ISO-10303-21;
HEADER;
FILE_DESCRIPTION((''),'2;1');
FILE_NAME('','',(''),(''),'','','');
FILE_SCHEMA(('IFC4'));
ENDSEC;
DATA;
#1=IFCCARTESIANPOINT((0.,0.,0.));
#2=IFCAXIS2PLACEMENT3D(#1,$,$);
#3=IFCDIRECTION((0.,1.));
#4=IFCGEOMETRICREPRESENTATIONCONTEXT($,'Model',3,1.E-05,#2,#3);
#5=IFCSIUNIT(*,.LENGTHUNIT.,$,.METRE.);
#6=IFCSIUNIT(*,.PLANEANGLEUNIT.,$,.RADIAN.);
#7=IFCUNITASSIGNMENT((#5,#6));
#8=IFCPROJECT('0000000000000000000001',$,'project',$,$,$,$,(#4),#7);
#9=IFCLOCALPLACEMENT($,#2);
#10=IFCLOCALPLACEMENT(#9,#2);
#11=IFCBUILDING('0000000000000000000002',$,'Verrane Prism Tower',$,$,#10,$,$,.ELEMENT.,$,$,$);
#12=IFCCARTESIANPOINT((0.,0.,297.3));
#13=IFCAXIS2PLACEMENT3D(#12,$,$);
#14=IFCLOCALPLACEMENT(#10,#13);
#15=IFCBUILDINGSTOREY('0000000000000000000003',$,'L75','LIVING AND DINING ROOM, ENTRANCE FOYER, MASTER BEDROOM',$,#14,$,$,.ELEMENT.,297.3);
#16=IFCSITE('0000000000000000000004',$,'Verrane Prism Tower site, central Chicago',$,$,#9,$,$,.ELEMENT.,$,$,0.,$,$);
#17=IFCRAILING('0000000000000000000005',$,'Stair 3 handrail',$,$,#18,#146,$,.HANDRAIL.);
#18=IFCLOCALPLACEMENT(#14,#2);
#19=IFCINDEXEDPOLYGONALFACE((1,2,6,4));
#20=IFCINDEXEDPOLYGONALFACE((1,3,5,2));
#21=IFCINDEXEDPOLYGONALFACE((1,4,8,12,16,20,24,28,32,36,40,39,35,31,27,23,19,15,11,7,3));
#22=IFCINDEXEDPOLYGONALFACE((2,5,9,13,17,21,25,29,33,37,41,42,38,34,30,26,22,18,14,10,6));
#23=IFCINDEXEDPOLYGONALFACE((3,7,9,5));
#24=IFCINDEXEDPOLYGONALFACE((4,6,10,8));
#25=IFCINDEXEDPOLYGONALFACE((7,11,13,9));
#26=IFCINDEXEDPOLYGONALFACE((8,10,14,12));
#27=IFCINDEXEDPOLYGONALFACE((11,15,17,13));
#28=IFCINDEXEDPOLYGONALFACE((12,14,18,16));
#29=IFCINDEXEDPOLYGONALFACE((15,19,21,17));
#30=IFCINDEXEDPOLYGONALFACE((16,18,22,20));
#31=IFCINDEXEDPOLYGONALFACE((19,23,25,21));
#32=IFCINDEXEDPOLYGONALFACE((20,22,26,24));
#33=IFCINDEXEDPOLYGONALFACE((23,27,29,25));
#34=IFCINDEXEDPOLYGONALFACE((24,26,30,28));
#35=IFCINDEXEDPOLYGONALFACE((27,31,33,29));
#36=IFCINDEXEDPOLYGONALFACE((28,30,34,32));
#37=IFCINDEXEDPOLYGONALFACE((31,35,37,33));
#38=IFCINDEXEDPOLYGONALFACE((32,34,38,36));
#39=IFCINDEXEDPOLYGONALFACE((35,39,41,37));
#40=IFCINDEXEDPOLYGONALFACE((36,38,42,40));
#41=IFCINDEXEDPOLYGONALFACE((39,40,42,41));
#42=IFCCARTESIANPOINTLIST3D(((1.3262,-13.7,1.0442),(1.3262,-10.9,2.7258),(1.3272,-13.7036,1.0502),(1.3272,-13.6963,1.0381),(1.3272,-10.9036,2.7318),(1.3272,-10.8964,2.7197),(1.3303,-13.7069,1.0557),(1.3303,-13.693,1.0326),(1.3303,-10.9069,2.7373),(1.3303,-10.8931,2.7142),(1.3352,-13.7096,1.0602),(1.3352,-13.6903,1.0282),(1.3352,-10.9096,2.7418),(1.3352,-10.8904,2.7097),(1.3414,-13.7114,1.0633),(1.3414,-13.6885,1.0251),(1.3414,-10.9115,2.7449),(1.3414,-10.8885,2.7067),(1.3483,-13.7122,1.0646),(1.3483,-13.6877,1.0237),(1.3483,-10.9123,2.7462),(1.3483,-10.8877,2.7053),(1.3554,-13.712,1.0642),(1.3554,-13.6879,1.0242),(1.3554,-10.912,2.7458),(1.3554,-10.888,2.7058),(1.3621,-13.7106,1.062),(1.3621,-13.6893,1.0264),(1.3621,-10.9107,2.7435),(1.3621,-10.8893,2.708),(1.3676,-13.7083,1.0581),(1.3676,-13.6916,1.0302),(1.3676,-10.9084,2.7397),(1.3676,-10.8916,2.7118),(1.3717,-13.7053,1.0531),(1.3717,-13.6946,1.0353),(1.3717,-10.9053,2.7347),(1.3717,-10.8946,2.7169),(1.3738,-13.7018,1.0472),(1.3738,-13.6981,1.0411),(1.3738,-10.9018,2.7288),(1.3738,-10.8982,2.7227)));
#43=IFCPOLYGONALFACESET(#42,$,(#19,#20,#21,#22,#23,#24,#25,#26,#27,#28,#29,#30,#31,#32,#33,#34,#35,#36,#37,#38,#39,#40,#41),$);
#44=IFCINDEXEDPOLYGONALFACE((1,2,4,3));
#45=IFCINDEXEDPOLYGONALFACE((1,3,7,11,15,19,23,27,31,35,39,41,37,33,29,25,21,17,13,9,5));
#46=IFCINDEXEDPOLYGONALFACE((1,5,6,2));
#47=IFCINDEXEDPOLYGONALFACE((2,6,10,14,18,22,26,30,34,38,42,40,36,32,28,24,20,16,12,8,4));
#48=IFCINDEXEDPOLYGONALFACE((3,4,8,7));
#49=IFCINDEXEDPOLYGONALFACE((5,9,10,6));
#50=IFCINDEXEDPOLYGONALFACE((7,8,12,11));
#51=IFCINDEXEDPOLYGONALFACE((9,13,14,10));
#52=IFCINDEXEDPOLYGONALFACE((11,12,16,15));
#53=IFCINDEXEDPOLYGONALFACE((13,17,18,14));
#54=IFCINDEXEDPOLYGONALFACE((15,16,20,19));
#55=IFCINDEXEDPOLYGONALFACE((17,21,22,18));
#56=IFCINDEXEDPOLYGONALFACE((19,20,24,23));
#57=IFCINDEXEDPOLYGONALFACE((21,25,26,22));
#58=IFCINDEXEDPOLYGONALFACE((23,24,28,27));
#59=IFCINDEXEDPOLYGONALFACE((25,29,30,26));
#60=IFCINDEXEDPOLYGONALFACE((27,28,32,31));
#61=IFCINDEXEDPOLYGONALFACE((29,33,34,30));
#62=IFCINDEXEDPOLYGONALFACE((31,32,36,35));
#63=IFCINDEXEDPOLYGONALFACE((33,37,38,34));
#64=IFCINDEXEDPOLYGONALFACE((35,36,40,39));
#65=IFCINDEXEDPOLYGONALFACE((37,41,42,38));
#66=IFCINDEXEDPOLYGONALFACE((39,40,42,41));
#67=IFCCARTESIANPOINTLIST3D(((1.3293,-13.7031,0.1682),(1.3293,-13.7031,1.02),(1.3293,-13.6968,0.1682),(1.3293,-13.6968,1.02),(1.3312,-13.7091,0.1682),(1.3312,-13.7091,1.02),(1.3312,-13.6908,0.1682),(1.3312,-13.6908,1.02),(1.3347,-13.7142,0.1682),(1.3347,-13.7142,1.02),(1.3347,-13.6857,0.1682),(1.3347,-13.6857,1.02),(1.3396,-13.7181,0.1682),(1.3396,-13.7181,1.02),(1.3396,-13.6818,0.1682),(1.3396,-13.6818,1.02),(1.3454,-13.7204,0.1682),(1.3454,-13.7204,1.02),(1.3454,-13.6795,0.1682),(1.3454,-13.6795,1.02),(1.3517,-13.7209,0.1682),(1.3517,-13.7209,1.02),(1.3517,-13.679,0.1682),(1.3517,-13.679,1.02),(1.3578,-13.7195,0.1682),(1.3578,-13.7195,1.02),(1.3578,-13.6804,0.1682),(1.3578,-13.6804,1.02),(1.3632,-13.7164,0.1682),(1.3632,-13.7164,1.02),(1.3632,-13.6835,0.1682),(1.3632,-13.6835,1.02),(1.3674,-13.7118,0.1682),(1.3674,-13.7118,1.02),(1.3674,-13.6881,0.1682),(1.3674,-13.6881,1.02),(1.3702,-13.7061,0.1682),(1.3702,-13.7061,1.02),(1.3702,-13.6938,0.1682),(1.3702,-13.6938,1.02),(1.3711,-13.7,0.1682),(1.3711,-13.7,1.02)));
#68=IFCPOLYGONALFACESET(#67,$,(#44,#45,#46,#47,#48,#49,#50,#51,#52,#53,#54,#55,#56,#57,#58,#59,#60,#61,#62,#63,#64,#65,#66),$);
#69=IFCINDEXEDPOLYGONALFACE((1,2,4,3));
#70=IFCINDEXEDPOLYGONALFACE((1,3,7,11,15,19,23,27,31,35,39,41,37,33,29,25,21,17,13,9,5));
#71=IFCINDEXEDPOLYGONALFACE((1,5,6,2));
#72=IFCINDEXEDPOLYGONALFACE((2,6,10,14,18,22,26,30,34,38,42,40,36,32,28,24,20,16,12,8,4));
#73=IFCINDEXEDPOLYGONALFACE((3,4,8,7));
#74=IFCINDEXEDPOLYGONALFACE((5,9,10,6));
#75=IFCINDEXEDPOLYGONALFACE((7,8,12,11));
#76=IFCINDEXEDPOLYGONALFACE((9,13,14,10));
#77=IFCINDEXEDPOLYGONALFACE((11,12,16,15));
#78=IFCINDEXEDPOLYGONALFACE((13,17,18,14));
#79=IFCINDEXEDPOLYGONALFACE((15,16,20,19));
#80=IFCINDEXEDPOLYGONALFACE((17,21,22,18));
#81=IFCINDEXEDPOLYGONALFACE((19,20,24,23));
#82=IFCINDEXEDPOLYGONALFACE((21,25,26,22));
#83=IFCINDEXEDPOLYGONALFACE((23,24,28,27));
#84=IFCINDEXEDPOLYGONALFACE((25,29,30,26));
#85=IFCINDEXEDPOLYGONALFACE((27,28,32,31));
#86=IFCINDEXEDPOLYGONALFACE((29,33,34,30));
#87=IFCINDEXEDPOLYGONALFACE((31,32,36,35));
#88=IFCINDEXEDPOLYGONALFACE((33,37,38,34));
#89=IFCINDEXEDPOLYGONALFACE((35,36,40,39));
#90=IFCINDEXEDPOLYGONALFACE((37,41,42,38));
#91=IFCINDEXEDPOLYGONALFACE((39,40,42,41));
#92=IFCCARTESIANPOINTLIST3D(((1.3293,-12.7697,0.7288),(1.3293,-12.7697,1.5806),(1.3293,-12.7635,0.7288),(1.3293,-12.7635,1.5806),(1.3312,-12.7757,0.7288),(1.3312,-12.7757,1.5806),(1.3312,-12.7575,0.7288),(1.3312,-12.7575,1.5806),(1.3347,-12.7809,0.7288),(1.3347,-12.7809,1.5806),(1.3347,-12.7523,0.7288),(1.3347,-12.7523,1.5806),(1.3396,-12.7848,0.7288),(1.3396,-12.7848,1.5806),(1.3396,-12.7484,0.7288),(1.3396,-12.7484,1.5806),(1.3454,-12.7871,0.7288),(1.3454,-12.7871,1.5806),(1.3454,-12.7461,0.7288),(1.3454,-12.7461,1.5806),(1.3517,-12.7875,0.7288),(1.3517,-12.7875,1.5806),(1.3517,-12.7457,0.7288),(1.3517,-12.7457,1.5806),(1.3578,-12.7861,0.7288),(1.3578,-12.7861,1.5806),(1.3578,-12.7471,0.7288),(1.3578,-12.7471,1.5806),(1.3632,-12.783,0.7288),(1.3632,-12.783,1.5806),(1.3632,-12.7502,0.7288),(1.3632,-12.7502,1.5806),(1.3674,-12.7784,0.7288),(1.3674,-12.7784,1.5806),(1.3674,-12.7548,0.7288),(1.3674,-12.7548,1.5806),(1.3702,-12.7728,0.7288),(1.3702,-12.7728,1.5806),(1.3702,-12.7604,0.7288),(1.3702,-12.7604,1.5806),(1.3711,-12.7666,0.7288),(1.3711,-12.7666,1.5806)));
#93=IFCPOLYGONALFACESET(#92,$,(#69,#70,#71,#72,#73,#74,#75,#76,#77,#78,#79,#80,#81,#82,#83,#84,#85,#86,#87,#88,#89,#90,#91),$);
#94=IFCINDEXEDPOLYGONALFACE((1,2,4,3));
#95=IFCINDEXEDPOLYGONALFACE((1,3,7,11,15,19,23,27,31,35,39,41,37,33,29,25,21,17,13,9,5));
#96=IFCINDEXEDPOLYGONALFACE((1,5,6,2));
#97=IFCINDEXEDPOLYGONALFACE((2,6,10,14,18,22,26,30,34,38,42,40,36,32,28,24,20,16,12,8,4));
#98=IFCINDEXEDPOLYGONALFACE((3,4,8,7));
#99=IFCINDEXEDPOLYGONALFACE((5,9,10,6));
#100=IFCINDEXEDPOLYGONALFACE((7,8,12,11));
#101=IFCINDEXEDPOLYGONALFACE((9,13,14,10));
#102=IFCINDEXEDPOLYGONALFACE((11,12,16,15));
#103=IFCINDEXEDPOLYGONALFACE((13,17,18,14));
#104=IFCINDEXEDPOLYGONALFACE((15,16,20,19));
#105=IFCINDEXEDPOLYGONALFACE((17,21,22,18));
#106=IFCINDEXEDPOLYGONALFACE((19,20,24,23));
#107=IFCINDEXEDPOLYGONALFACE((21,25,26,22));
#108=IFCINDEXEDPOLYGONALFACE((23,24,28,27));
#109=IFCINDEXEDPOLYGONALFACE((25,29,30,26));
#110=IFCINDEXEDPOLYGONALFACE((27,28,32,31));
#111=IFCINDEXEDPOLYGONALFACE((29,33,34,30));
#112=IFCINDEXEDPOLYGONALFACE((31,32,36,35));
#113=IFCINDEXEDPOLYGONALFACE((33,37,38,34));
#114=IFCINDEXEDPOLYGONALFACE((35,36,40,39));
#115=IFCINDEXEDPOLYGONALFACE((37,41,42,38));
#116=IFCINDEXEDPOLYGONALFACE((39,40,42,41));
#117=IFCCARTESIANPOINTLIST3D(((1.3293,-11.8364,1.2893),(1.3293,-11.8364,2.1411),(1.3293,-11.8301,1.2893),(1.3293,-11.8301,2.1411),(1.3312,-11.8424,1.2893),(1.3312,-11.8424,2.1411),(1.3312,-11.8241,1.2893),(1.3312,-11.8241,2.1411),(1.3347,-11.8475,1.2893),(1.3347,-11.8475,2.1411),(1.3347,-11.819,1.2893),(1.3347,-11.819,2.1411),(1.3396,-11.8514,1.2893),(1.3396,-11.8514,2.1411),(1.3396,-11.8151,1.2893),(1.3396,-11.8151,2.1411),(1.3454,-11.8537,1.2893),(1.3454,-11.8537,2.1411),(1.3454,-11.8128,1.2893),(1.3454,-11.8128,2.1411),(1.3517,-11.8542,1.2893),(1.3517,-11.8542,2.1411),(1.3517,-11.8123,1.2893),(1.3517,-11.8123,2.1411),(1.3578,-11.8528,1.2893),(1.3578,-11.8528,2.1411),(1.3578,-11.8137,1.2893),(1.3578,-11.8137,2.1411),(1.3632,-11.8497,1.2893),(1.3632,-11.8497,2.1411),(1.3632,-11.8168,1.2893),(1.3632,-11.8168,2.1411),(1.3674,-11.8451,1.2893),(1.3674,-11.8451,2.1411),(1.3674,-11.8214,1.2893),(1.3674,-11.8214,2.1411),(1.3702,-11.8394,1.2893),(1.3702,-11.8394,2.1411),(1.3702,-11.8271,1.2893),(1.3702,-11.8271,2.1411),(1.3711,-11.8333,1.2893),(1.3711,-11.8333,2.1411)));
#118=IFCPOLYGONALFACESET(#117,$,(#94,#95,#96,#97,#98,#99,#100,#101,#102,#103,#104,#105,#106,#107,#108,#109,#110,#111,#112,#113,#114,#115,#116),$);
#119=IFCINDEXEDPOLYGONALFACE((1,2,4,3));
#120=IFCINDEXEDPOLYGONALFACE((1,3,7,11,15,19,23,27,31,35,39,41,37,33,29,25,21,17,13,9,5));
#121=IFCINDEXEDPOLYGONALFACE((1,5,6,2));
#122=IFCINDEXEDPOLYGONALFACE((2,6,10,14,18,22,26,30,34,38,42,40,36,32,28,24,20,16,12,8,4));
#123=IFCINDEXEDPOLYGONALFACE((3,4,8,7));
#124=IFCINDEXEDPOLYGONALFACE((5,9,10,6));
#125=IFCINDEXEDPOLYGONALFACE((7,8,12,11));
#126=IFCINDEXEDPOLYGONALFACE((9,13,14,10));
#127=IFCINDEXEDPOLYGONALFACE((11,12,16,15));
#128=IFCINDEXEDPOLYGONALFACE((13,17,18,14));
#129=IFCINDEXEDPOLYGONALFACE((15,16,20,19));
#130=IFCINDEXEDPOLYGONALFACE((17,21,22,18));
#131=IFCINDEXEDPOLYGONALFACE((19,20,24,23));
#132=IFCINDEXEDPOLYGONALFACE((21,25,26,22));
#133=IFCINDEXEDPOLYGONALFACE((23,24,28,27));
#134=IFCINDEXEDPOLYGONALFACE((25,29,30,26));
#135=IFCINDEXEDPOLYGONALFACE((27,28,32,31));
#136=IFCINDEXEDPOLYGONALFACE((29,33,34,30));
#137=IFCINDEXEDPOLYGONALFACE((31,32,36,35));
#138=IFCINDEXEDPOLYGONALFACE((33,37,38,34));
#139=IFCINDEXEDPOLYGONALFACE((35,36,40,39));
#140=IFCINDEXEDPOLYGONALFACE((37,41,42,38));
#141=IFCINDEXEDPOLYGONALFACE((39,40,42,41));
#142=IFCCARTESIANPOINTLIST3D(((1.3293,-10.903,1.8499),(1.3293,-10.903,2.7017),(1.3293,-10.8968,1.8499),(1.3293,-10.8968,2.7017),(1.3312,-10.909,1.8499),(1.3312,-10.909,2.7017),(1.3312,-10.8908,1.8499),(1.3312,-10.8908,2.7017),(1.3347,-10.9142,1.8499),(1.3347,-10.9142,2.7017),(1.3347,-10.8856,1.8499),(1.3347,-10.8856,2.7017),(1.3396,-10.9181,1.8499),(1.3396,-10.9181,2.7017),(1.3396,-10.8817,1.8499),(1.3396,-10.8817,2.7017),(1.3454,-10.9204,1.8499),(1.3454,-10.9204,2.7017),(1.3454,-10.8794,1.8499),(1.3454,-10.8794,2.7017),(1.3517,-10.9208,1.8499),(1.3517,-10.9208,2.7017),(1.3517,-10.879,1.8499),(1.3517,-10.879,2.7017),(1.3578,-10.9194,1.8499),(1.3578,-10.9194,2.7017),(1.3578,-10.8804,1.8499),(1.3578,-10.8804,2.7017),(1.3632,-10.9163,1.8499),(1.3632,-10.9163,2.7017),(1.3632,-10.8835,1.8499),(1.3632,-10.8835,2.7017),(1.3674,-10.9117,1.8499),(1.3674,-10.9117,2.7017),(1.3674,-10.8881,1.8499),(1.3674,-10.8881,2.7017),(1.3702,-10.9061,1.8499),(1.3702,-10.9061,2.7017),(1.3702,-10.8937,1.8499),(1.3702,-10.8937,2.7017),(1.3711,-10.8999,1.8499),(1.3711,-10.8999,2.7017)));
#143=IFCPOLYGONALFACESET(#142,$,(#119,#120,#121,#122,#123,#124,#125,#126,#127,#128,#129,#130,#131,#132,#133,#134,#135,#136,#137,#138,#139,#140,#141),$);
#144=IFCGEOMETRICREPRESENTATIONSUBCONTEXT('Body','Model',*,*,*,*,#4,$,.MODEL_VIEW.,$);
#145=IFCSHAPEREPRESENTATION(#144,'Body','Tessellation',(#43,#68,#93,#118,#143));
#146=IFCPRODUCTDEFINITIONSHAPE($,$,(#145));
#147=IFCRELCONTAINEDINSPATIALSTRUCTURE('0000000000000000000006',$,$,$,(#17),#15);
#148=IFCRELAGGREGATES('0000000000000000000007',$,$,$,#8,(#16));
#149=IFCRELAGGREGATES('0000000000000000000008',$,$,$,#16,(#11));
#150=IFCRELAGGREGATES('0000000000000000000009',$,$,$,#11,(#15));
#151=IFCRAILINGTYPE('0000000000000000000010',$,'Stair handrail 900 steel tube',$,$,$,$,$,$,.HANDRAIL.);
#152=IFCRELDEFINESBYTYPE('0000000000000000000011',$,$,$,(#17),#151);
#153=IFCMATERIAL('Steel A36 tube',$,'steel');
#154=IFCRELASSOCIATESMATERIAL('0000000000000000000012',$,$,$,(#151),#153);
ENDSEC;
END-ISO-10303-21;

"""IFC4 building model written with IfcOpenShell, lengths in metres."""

from ifc_helpers import new_model, si_unit, direction, frame, origin, origin_2d, place, context, subcontext, project, spatial, circle, extrude, material, type_object, element, save


model = new_model("IFC4")

# Units and contexts
model_context = context("Model", 3, precision=1e-05, world=origin(), true_north=direction((0.0, 1.0)))
body_context = subcontext(model_context, "Body", "Model", "MODEL_VIEW")
ifc_project = project(units=[si_unit("LENGTHUNIT", "METRE"), si_unit("PLANEANGLEUNIT", "RADIAN")], contexts=[model_context])

# Site, building, storey
site_placement = place(None, origin())
site = spatial("IfcSite", under=ifc_project, at=site_placement, Name="Verrane Prism Tower site, central Chicago", CompositionType="ELEMENT", RefElevation=0.0)
building_placement = place(site_placement, origin())
building = spatial("IfcBuilding", under=site, at=building_placement, Name="Verrane Prism Tower", CompositionType="ELEMENT")
storey_placement = place(building_placement, frame((0.0, 0.0, 297.3)))
storey = spatial("IfcBuildingStorey", under=building, at=storey_placement, Name="L75", Description="LIVING AND DINING ROOM, ENTRANCE FOYER, MASTER BEDROOM", CompositionType="ELEMENT", Elevation=297.3)

# Railing
ifc_material_1 = material(Name="Steel A36 tube", Category="steel")
railing_type_1 = type_object("IfcRailingType", Name="Stair handrail 900 steel tube", PredefinedType="HANDRAIL", material=ifc_material_1)
railing_1_placement = place(storey_placement, frame((1.3501, -13.7, 0.1682)))
element("IfcRailing", 1, at=railing_1_placement, inside=storey, type_object=railing_type_1, Name="Stair 3 handrail", PredefinedType="HANDRAIL", context=body_context, shape_type="SweptSolid", body=[
    extrude(circle(Radius=0.0239, at=origin_2d()), frame((0.0, 0.0, 0.876), z_axis=(0.0, 0.857275, 0.514858), x_axis=(-1.0, 0.0, 0.0)), (0.0, 0.0, 1.0), 3.2661),
    extrude(circle(Radius=0.021, at=origin_2d()), origin(), (0.0, 0.0, 1.0), 0.8518),
    extrude(circle(Radius=0.021, at=origin_2d()), frame((0.0, 0.9333, 0.5605)), (0.0, 0.0, 1.0), 0.8518),
    extrude(circle(Radius=0.021, at=origin_2d()), frame((0.0, 1.8667, 1.1211)), (0.0, 0.0, 1.0), 0.8518),
    extrude(circle(Radius=0.021, at=origin_2d()), frame((0.0, 2.8, 1.6816)), (0.0, 0.0, 1.0), 0.8518),
])

save(model, "model.ifc")
